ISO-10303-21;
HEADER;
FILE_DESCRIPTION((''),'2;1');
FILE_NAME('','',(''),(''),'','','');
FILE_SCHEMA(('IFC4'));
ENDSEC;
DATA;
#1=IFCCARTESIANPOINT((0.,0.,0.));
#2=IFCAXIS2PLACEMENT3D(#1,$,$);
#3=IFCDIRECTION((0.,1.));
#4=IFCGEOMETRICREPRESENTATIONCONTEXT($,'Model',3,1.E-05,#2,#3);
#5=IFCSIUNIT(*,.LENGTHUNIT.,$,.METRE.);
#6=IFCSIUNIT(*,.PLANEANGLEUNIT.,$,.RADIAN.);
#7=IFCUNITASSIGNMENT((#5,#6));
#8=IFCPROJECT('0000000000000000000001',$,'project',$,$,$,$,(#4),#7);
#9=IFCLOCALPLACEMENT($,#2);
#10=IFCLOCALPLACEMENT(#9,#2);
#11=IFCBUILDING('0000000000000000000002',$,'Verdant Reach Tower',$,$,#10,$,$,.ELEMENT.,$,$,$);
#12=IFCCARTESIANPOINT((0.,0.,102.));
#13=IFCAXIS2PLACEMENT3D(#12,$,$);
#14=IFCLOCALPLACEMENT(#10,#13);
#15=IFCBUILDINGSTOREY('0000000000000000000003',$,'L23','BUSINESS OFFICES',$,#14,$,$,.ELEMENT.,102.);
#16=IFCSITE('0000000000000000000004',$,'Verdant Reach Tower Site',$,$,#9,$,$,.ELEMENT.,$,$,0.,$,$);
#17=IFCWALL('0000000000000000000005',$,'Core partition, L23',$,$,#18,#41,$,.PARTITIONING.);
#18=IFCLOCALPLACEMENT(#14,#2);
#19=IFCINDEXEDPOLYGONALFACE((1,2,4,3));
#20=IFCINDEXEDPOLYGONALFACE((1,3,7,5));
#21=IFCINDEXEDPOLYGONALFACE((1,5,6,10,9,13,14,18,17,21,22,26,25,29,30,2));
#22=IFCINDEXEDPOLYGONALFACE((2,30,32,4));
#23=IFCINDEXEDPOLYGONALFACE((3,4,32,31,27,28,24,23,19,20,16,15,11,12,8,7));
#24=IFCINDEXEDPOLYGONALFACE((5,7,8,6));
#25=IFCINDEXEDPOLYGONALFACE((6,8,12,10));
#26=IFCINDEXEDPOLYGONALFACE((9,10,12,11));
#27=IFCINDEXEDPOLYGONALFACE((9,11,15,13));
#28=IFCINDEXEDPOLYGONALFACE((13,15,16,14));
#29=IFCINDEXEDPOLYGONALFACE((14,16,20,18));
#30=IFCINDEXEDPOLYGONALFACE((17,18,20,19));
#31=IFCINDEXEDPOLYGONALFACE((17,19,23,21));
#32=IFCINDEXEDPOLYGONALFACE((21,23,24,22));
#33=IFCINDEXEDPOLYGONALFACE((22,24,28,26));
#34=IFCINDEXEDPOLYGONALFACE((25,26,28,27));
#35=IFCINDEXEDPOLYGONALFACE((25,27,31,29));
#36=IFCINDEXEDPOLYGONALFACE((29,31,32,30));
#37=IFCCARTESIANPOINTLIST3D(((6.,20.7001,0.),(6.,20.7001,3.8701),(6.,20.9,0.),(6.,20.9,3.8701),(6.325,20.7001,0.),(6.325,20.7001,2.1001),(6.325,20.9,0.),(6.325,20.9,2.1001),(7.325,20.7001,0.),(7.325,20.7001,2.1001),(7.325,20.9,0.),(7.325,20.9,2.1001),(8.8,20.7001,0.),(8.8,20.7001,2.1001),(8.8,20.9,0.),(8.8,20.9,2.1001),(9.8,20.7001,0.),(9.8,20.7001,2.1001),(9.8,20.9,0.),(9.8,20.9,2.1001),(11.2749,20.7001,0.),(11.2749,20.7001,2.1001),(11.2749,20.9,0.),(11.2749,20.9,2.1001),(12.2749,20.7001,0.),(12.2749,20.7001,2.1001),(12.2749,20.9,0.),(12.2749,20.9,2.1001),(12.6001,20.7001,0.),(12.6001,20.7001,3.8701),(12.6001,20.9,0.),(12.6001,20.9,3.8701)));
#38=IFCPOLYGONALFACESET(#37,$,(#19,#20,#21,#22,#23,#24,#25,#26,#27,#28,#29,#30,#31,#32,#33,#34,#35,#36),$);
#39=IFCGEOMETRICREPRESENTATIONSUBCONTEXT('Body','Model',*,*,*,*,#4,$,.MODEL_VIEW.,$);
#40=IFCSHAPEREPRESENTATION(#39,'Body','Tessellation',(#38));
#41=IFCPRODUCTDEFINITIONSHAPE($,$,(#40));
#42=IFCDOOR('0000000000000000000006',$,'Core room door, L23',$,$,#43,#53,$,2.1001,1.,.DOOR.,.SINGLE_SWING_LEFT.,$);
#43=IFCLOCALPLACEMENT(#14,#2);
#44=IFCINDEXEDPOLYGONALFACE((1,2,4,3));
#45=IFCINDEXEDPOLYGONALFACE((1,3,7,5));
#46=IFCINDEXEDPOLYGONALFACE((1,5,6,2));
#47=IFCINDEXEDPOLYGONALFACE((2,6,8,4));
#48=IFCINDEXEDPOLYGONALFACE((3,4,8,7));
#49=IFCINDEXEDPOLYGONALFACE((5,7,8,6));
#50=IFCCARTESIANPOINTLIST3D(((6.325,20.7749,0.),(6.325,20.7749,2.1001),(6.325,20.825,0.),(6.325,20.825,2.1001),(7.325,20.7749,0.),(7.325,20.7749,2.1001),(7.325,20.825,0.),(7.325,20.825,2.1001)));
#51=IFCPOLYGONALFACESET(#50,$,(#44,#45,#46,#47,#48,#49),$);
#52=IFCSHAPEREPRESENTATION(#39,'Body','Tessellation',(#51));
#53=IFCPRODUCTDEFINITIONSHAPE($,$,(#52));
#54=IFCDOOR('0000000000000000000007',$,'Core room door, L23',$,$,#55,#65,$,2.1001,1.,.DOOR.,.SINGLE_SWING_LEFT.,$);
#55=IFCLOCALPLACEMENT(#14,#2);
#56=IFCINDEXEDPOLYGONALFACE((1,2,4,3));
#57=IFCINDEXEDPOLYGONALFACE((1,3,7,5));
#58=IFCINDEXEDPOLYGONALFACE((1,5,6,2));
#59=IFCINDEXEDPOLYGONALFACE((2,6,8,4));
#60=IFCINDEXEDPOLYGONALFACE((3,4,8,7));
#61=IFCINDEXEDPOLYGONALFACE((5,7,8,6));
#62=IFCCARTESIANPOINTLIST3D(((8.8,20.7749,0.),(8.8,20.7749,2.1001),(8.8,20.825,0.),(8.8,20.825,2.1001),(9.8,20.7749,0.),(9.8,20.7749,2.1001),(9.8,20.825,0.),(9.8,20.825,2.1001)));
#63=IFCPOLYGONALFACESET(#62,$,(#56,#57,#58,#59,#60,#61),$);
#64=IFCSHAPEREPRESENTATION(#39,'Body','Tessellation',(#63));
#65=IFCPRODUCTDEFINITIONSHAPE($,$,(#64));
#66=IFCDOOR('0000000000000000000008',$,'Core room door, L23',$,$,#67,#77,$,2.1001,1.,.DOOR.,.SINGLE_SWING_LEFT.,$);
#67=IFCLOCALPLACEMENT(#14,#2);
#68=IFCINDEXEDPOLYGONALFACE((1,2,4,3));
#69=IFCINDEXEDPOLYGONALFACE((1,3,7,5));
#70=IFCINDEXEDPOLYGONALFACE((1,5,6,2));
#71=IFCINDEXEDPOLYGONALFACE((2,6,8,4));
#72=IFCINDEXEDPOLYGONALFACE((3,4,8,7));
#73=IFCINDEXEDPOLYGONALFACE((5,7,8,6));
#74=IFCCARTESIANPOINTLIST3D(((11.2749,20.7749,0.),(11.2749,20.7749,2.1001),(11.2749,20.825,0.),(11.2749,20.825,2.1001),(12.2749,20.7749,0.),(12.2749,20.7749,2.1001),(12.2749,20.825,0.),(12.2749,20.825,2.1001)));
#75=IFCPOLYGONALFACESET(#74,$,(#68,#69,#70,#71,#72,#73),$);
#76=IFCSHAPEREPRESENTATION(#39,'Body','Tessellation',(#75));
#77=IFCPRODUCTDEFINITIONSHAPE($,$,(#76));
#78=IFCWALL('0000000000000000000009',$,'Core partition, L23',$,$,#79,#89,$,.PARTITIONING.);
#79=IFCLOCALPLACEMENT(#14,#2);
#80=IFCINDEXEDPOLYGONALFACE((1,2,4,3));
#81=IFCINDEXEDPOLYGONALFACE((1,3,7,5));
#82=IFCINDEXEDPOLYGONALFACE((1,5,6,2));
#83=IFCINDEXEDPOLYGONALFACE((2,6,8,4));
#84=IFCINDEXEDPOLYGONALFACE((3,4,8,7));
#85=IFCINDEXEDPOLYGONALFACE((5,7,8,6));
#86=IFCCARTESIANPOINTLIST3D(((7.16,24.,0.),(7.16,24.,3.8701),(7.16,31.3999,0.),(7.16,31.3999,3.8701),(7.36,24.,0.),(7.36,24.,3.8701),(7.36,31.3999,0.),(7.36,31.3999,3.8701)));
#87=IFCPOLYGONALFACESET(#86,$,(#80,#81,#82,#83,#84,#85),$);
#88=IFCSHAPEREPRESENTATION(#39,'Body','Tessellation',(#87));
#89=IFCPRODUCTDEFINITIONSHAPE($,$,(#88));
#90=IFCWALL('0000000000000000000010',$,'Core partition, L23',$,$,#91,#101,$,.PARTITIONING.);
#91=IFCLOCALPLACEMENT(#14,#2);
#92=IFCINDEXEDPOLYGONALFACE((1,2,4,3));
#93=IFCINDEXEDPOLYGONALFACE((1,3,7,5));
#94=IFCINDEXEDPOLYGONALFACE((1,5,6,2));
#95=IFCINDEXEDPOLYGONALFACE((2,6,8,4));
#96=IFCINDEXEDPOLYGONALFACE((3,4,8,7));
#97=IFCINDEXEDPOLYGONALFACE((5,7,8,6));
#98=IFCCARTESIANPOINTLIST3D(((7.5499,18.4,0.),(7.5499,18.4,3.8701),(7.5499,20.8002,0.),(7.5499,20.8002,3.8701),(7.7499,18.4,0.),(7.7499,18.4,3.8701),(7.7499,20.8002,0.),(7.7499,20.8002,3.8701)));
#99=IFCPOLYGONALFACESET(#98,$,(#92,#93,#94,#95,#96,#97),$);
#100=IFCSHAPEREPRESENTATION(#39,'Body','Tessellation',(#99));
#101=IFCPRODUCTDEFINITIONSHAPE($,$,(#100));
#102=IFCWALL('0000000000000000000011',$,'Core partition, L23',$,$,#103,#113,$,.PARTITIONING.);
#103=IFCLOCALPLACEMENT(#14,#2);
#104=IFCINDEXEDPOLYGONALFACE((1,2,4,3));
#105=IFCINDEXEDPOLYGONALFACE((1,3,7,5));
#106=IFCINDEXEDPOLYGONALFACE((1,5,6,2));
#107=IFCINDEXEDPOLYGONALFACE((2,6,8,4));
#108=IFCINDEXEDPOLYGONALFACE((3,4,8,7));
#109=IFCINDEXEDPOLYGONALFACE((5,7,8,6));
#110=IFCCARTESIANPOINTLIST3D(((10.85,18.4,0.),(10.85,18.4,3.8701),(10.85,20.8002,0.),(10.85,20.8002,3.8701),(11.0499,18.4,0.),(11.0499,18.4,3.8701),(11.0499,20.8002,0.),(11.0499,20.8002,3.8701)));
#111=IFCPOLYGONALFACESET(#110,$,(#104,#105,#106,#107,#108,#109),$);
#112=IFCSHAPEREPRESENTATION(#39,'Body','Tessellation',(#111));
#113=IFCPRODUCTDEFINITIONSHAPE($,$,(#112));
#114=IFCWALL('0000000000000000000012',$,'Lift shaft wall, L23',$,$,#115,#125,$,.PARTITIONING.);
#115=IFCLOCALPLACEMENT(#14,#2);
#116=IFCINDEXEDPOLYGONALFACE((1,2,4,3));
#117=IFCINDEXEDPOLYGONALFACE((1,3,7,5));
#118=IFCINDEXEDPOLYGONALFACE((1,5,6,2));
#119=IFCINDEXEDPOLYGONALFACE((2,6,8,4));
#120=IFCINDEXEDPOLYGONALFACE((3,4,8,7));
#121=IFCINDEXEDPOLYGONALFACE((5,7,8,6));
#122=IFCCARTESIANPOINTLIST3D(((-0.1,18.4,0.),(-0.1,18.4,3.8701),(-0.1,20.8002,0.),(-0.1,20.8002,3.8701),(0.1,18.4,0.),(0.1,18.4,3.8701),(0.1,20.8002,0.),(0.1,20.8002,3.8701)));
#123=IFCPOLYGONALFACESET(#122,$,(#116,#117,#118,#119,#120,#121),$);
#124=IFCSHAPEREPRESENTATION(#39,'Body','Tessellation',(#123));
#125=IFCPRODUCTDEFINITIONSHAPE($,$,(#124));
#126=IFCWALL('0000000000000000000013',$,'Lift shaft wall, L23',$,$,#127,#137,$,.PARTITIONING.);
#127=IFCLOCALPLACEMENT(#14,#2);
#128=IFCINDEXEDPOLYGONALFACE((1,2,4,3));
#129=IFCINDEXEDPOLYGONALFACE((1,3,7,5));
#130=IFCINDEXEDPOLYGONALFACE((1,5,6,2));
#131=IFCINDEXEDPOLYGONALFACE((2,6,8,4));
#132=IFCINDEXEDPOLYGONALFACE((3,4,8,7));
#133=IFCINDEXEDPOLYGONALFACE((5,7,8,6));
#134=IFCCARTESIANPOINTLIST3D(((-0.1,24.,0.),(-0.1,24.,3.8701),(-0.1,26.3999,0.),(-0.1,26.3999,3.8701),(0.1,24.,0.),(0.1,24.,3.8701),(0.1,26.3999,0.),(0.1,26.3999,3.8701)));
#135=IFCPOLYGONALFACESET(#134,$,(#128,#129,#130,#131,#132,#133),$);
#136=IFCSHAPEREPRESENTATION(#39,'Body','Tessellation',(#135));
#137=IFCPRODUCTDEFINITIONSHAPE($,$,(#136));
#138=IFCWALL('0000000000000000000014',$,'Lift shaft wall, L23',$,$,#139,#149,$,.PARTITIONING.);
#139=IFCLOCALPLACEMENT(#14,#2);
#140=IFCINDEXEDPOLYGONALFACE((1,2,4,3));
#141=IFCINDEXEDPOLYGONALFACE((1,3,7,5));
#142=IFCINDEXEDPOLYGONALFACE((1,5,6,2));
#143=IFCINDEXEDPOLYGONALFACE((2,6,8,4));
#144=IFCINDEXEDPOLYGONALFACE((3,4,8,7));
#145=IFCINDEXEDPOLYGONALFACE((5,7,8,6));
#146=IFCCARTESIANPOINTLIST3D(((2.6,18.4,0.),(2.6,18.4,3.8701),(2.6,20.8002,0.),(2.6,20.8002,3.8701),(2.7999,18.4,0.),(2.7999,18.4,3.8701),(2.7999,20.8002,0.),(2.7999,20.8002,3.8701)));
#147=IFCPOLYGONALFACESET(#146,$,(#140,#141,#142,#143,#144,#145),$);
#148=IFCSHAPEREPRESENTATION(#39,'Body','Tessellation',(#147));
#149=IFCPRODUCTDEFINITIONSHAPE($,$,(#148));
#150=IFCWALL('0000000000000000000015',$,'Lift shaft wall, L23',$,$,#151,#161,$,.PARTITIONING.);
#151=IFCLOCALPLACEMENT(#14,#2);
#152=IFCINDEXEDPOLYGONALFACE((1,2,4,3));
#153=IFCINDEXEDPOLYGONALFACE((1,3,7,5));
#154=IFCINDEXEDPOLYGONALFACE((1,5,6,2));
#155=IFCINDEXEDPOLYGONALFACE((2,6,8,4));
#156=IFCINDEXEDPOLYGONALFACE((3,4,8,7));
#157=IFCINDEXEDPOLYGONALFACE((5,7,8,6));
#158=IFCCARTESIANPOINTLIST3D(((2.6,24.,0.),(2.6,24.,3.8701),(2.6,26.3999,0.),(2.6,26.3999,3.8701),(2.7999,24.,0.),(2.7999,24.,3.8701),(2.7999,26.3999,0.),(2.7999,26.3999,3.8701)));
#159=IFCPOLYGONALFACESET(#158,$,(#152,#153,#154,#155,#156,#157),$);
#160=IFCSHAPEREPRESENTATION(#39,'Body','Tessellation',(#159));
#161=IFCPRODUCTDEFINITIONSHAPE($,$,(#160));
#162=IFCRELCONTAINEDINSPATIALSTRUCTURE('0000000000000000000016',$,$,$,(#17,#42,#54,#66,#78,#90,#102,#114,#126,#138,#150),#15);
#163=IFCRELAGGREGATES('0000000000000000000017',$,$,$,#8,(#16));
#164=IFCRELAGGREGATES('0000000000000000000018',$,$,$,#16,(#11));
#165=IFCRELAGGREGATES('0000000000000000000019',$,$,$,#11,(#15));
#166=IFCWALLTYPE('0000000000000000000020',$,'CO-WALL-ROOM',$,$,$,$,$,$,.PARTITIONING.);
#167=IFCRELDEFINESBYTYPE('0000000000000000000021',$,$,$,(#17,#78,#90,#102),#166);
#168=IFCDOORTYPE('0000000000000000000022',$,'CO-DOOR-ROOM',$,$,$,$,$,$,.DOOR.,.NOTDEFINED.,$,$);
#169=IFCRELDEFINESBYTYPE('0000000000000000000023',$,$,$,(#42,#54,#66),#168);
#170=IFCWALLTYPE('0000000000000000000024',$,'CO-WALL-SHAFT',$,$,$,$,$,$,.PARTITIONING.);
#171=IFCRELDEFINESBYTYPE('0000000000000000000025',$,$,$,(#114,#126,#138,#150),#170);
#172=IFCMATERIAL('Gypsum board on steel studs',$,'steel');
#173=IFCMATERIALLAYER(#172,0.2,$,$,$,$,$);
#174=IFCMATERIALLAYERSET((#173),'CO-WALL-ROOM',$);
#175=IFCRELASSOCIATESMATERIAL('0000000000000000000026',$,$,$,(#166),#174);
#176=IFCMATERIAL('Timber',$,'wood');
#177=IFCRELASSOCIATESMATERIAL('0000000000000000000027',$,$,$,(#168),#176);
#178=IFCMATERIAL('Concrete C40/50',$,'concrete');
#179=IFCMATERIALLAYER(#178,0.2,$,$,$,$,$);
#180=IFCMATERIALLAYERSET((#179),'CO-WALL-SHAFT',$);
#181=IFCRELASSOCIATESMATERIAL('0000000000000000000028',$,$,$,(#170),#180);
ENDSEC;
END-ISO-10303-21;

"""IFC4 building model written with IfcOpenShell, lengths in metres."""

from ifc_helpers import new_model, si_unit, direction, frame, frame_2d, origin, place, context, subcontext, project, spatial, rectangle, extrude, material, layer, layer_set, type_object, element, fill, save


model = new_model("IFC4")

# Units and contexts
model_context = context("Model", 3, precision=1e-05, world=origin(), true_north=direction((0.0, 1.0)))
body_context = subcontext(model_context, "Body", "Model", "MODEL_VIEW")
ifc_project = project(units=[si_unit("LENGTHUNIT", "METRE"), si_unit("PLANEANGLEUNIT", "RADIAN")], contexts=[model_context])

# Site, building, storey
site_placement = place(None, origin())
site = spatial("IfcSite", under=ifc_project, at=site_placement, Name="Verdant Reach Tower Site", CompositionType="ELEMENT", RefElevation=0.0)
building_placement = place(site_placement, origin())
building = spatial("IfcBuilding", under=site, at=building_placement, Name="Verdant Reach Tower", CompositionType="ELEMENT")
storey_placement = place(building_placement, frame((0.0, 0.0, 102.0)))
storey = spatial("IfcBuildingStorey", under=building, at=storey_placement, Name="L23", Description="BUSINESS OFFICES", CompositionType="ELEMENT", Elevation=102.0)

# Wall, openings, doors
ifc_material_1 = material(Name="Gypsum board on steel studs", Category="steel")
ifc_layer_1 = layer(ifc_material_1, 0.2)
ifc_layer_set_1 = layer_set([ifc_layer_1], Name="CO-WALL-ROOM")
wall_type_1 = type_object("IfcWallType", Name="CO-WALL-ROOM", PredefinedType="PARTITIONING", material=ifc_layer_set_1)
wall_1_placement = place(storey_placement, frame((6.0, 20.8, 0.0), z_axis=(0.0, 0.0, 1.0), x_axis=(1.0, 0.0, 0.0)))
wall_1 = element("IfcWall", 1, at=wall_1_placement, inside=storey, type_object=wall_type_1, Name="Core partition, L23", PredefinedType="PARTITIONING", context=body_context, shape_type="SweptSolid", body=[
    extrude(rectangle(XDim=6.6001, YDim=0.2, at=frame_2d((3.3, 0.0))), origin(), (0.0, 0.0, 1.0), 3.8701),
])
opening_1_placement = place(wall_1_placement, frame((0.325, 0.0, 0.0)))
opening_1 = element("IfcOpeningElement", 2, at=opening_1_placement, cuts=wall_1, PredefinedType="OPENING", context=body_context, shape_type="SweptSolid", body=[
    extrude(rectangle(XDim=1.0, YDim=2.1001, at=frame_2d((0.5, 1.05))), frame((0.0, 0.1099, 0.0), z_axis=(0.0, -1.0, 0.0), x_axis=(1.0, 0.0, 0.0)), (0.0, 0.0, 1.0), 0.22),
])
opening_2_placement = place(wall_1_placement, frame((2.8, 0.0, 0.0)))
opening_2 = element("IfcOpeningElement", 3, at=opening_2_placement, cuts=wall_1, PredefinedType="OPENING", context=body_context, shape_type="SweptSolid", body=[
    extrude(rectangle(XDim=1.0, YDim=2.1001, at=frame_2d((0.5, 1.05))), frame((0.0, 0.1099, 0.0), z_axis=(0.0, -1.0, 0.0), x_axis=(1.0, 0.0, 0.0)), (0.0, 0.0, 1.0), 0.22),
])
opening_3_placement = place(wall_1_placement, frame((5.2749, 0.0, 0.0)))
opening_3 = element("IfcOpeningElement", 4, at=opening_3_placement, cuts=wall_1, PredefinedType="OPENING", context=body_context, shape_type="SweptSolid", body=[
    extrude(rectangle(XDim=1.0, YDim=2.1001, at=frame_2d((0.5, 1.05))), frame((0.0, 0.1099, 0.0), z_axis=(0.0, -1.0, 0.0), x_axis=(1.0, 0.0, 0.0)), (0.0, 0.0, 1.0), 0.22),
])
ifc_material_2 = material(Name="Timber", Category="wood")
door_type_1 = type_object("IfcDoorType", Name="CO-DOOR-ROOM", OperationType="NOTDEFINED", PredefinedType="DOOR", material=ifc_material_2)
door_1_placement = place(opening_1_placement, origin())
door_1 = element("IfcDoor", 5, at=door_1_placement, inside=storey, type_object=door_type_1, Name="Core room door, L23", OperationType="SINGLE_SWING_LEFT", OverallHeight=2.1001, OverallWidth=1.0, PredefinedType="DOOR", context=body_context, shape_type="SweptSolid", body=[
    extrude(rectangle(XDim=1.0, YDim=2.1001, at=frame_2d((0.5, 1.05))), frame((0.0, 0.0249, 0.0), z_axis=(0.0, -1.0, 0.0), x_axis=(1.0, 0.0, 0.0)), (0.0, 0.0, 1.0), 0.05),
])
fill(opening_1, door_1)
door_2_placement = place(opening_2_placement, origin())
door_2 = element("IfcDoor", 6, at=door_2_placement, inside=storey, type_object=door_type_1, Name="Core room door, L23", OperationType="SINGLE_SWING_LEFT", OverallHeight=2.1001, OverallWidth=1.0, PredefinedType="DOOR", context=body_context, shape_type="SweptSolid", body=[
    extrude(rectangle(XDim=1.0, YDim=2.1001, at=frame_2d((0.5, 1.05))), frame((0.0, 0.0249, 0.0), z_axis=(0.0, -1.0, 0.0), x_axis=(1.0, 0.0, 0.0)), (0.0, 0.0, 1.0), 0.05),
])
fill(opening_2, door_2)
door_3_placement = place(opening_3_placement, origin())
door_3 = element("IfcDoor", 7, at=door_3_placement, inside=storey, type_object=door_type_1, Name="Core room door, L23", OperationType="SINGLE_SWING_LEFT", OverallHeight=2.1001, OverallWidth=1.0, PredefinedType="DOOR", context=body_context, shape_type="SweptSolid", body=[
    extrude(rectangle(XDim=1.0, YDim=2.1001, at=frame_2d((0.5, 1.05))), frame((0.0, 0.0249, 0.0), z_axis=(0.0, -1.0, 0.0), x_axis=(1.0, 0.0, 0.0)), (0.0, 0.0, 1.0), 0.05),
])
fill(opening_3, door_3)

# Walls
wall_2_placement = place(storey_placement, frame((7.26, 24.0, 0.0), z_axis=(0.0, 0.0, 1.0), x_axis=(0.0, 1.0, 0.0)))
element("IfcWall", 8, at=wall_2_placement, inside=storey, type_object=wall_type_1, Name="Core partition, L23", PredefinedType="PARTITIONING", context=body_context, shape_type="SweptSolid", body=[
    extrude(rectangle(XDim=7.3999, YDim=0.2, at=frame_2d((3.7, 0.0))), origin(), (0.0, 0.0, 1.0), 3.8701),
])
for number, where, z_axis, x_axis, name in (
    (9, (7.6499, 18.3999, 0.0), (0.0, 0.0, 1.0), (0.0, 1.0, 0.0), "Core partition, L23"),
    (10, (10.95, 18.3999, 0.0), (0.0, 0.0, 1.0), (0.0, 1.0, 0.0), "Core partition, L23"),
):
    element("IfcWall", number, at=place(storey_placement, frame(where, z_axis=z_axis, x_axis=x_axis)), inside=storey, type_object=wall_type_1, Name=name, PredefinedType="PARTITIONING", context=body_context, shape_type="SweptSolid", body=[
        extrude(rectangle(XDim=2.4001, YDim=0.2, at=frame_2d((1.2002, 0.0))), origin(), (0.0, 0.0, 1.0), 3.8701),
    ])
ifc_material_3 = material(Name="Concrete C40/50", Category="concrete")
ifc_layer_2 = layer(ifc_material_3, 0.2)
ifc_layer_set_2 = layer_set([ifc_layer_2], Name="CO-WALL-SHAFT")
wall_type_2 = type_object("IfcWallType", Name="CO-WALL-SHAFT", PredefinedType="PARTITIONING", material=ifc_layer_set_2)
wall_3_placement = place(storey_placement, frame((0.0, 18.3999, 0.0), z_axis=(0.0, 0.0, 1.0), x_axis=(0.0, 1.0, 0.0)))
element("IfcWall", 11, at=wall_3_placement, inside=storey, type_object=wall_type_2, Name="Lift shaft wall, L23", PredefinedType="PARTITIONING", context=body_context, shape_type="SweptSolid", body=[
    extrude(rectangle(XDim=2.4001, YDim=0.2, at=frame_2d((1.2002, 0.0))), origin(), (0.0, 0.0, 1.0), 3.8701),
])
wall_4_placement = place(storey_placement, frame((0.0, 24.0, 0.0), z_axis=(0.0, 0.0, 1.0), x_axis=(0.0, 1.0, 0.0)))
element("IfcWall", 12, at=wall_4_placement, inside=storey, type_object=wall_type_2, Name="Lift shaft wall, L23", PredefinedType="PARTITIONING", context=body_context, shape_type="SweptSolid", body=[
    extrude(rectangle(XDim=2.3999, YDim=0.2, at=frame_2d((1.2, 0.0))), origin(), (0.0, 0.0, 1.0), 3.8701),
])
wall_5_placement = place(storey_placement, frame((2.7, 18.3999, 0.0), z_axis=(0.0, 0.0, 1.0), x_axis=(0.0, 1.0, 0.0)))
element("IfcWall", 13, at=wall_5_placement, inside=storey, type_object=wall_type_2, Name="Lift shaft wall, L23", PredefinedType="PARTITIONING", context=body_context, shape_type="SweptSolid", body=[
    extrude(rectangle(XDim=2.4001, YDim=0.2, at=frame_2d((1.2002, 0.0))), origin(), (0.0, 0.0, 1.0), 3.8701),
])
wall_6_placement = place(storey_placement, frame((2.7, 24.0, 0.0), z_axis=(0.0, 0.0, 1.0), x_axis=(0.0, 1.0, 0.0)))
element("IfcWall", 14, at=wall_6_placement, inside=storey, type_object=wall_type_2, Name="Lift shaft wall, L23", PredefinedType="PARTITIONING", context=body_context, shape_type="SweptSolid", body=[
    extrude(rectangle(XDim=2.3999, YDim=0.2, at=frame_2d((1.2, 0.0))), origin(), (0.0, 0.0, 1.0), 3.8701),
])

save(model, "model.ifc")
